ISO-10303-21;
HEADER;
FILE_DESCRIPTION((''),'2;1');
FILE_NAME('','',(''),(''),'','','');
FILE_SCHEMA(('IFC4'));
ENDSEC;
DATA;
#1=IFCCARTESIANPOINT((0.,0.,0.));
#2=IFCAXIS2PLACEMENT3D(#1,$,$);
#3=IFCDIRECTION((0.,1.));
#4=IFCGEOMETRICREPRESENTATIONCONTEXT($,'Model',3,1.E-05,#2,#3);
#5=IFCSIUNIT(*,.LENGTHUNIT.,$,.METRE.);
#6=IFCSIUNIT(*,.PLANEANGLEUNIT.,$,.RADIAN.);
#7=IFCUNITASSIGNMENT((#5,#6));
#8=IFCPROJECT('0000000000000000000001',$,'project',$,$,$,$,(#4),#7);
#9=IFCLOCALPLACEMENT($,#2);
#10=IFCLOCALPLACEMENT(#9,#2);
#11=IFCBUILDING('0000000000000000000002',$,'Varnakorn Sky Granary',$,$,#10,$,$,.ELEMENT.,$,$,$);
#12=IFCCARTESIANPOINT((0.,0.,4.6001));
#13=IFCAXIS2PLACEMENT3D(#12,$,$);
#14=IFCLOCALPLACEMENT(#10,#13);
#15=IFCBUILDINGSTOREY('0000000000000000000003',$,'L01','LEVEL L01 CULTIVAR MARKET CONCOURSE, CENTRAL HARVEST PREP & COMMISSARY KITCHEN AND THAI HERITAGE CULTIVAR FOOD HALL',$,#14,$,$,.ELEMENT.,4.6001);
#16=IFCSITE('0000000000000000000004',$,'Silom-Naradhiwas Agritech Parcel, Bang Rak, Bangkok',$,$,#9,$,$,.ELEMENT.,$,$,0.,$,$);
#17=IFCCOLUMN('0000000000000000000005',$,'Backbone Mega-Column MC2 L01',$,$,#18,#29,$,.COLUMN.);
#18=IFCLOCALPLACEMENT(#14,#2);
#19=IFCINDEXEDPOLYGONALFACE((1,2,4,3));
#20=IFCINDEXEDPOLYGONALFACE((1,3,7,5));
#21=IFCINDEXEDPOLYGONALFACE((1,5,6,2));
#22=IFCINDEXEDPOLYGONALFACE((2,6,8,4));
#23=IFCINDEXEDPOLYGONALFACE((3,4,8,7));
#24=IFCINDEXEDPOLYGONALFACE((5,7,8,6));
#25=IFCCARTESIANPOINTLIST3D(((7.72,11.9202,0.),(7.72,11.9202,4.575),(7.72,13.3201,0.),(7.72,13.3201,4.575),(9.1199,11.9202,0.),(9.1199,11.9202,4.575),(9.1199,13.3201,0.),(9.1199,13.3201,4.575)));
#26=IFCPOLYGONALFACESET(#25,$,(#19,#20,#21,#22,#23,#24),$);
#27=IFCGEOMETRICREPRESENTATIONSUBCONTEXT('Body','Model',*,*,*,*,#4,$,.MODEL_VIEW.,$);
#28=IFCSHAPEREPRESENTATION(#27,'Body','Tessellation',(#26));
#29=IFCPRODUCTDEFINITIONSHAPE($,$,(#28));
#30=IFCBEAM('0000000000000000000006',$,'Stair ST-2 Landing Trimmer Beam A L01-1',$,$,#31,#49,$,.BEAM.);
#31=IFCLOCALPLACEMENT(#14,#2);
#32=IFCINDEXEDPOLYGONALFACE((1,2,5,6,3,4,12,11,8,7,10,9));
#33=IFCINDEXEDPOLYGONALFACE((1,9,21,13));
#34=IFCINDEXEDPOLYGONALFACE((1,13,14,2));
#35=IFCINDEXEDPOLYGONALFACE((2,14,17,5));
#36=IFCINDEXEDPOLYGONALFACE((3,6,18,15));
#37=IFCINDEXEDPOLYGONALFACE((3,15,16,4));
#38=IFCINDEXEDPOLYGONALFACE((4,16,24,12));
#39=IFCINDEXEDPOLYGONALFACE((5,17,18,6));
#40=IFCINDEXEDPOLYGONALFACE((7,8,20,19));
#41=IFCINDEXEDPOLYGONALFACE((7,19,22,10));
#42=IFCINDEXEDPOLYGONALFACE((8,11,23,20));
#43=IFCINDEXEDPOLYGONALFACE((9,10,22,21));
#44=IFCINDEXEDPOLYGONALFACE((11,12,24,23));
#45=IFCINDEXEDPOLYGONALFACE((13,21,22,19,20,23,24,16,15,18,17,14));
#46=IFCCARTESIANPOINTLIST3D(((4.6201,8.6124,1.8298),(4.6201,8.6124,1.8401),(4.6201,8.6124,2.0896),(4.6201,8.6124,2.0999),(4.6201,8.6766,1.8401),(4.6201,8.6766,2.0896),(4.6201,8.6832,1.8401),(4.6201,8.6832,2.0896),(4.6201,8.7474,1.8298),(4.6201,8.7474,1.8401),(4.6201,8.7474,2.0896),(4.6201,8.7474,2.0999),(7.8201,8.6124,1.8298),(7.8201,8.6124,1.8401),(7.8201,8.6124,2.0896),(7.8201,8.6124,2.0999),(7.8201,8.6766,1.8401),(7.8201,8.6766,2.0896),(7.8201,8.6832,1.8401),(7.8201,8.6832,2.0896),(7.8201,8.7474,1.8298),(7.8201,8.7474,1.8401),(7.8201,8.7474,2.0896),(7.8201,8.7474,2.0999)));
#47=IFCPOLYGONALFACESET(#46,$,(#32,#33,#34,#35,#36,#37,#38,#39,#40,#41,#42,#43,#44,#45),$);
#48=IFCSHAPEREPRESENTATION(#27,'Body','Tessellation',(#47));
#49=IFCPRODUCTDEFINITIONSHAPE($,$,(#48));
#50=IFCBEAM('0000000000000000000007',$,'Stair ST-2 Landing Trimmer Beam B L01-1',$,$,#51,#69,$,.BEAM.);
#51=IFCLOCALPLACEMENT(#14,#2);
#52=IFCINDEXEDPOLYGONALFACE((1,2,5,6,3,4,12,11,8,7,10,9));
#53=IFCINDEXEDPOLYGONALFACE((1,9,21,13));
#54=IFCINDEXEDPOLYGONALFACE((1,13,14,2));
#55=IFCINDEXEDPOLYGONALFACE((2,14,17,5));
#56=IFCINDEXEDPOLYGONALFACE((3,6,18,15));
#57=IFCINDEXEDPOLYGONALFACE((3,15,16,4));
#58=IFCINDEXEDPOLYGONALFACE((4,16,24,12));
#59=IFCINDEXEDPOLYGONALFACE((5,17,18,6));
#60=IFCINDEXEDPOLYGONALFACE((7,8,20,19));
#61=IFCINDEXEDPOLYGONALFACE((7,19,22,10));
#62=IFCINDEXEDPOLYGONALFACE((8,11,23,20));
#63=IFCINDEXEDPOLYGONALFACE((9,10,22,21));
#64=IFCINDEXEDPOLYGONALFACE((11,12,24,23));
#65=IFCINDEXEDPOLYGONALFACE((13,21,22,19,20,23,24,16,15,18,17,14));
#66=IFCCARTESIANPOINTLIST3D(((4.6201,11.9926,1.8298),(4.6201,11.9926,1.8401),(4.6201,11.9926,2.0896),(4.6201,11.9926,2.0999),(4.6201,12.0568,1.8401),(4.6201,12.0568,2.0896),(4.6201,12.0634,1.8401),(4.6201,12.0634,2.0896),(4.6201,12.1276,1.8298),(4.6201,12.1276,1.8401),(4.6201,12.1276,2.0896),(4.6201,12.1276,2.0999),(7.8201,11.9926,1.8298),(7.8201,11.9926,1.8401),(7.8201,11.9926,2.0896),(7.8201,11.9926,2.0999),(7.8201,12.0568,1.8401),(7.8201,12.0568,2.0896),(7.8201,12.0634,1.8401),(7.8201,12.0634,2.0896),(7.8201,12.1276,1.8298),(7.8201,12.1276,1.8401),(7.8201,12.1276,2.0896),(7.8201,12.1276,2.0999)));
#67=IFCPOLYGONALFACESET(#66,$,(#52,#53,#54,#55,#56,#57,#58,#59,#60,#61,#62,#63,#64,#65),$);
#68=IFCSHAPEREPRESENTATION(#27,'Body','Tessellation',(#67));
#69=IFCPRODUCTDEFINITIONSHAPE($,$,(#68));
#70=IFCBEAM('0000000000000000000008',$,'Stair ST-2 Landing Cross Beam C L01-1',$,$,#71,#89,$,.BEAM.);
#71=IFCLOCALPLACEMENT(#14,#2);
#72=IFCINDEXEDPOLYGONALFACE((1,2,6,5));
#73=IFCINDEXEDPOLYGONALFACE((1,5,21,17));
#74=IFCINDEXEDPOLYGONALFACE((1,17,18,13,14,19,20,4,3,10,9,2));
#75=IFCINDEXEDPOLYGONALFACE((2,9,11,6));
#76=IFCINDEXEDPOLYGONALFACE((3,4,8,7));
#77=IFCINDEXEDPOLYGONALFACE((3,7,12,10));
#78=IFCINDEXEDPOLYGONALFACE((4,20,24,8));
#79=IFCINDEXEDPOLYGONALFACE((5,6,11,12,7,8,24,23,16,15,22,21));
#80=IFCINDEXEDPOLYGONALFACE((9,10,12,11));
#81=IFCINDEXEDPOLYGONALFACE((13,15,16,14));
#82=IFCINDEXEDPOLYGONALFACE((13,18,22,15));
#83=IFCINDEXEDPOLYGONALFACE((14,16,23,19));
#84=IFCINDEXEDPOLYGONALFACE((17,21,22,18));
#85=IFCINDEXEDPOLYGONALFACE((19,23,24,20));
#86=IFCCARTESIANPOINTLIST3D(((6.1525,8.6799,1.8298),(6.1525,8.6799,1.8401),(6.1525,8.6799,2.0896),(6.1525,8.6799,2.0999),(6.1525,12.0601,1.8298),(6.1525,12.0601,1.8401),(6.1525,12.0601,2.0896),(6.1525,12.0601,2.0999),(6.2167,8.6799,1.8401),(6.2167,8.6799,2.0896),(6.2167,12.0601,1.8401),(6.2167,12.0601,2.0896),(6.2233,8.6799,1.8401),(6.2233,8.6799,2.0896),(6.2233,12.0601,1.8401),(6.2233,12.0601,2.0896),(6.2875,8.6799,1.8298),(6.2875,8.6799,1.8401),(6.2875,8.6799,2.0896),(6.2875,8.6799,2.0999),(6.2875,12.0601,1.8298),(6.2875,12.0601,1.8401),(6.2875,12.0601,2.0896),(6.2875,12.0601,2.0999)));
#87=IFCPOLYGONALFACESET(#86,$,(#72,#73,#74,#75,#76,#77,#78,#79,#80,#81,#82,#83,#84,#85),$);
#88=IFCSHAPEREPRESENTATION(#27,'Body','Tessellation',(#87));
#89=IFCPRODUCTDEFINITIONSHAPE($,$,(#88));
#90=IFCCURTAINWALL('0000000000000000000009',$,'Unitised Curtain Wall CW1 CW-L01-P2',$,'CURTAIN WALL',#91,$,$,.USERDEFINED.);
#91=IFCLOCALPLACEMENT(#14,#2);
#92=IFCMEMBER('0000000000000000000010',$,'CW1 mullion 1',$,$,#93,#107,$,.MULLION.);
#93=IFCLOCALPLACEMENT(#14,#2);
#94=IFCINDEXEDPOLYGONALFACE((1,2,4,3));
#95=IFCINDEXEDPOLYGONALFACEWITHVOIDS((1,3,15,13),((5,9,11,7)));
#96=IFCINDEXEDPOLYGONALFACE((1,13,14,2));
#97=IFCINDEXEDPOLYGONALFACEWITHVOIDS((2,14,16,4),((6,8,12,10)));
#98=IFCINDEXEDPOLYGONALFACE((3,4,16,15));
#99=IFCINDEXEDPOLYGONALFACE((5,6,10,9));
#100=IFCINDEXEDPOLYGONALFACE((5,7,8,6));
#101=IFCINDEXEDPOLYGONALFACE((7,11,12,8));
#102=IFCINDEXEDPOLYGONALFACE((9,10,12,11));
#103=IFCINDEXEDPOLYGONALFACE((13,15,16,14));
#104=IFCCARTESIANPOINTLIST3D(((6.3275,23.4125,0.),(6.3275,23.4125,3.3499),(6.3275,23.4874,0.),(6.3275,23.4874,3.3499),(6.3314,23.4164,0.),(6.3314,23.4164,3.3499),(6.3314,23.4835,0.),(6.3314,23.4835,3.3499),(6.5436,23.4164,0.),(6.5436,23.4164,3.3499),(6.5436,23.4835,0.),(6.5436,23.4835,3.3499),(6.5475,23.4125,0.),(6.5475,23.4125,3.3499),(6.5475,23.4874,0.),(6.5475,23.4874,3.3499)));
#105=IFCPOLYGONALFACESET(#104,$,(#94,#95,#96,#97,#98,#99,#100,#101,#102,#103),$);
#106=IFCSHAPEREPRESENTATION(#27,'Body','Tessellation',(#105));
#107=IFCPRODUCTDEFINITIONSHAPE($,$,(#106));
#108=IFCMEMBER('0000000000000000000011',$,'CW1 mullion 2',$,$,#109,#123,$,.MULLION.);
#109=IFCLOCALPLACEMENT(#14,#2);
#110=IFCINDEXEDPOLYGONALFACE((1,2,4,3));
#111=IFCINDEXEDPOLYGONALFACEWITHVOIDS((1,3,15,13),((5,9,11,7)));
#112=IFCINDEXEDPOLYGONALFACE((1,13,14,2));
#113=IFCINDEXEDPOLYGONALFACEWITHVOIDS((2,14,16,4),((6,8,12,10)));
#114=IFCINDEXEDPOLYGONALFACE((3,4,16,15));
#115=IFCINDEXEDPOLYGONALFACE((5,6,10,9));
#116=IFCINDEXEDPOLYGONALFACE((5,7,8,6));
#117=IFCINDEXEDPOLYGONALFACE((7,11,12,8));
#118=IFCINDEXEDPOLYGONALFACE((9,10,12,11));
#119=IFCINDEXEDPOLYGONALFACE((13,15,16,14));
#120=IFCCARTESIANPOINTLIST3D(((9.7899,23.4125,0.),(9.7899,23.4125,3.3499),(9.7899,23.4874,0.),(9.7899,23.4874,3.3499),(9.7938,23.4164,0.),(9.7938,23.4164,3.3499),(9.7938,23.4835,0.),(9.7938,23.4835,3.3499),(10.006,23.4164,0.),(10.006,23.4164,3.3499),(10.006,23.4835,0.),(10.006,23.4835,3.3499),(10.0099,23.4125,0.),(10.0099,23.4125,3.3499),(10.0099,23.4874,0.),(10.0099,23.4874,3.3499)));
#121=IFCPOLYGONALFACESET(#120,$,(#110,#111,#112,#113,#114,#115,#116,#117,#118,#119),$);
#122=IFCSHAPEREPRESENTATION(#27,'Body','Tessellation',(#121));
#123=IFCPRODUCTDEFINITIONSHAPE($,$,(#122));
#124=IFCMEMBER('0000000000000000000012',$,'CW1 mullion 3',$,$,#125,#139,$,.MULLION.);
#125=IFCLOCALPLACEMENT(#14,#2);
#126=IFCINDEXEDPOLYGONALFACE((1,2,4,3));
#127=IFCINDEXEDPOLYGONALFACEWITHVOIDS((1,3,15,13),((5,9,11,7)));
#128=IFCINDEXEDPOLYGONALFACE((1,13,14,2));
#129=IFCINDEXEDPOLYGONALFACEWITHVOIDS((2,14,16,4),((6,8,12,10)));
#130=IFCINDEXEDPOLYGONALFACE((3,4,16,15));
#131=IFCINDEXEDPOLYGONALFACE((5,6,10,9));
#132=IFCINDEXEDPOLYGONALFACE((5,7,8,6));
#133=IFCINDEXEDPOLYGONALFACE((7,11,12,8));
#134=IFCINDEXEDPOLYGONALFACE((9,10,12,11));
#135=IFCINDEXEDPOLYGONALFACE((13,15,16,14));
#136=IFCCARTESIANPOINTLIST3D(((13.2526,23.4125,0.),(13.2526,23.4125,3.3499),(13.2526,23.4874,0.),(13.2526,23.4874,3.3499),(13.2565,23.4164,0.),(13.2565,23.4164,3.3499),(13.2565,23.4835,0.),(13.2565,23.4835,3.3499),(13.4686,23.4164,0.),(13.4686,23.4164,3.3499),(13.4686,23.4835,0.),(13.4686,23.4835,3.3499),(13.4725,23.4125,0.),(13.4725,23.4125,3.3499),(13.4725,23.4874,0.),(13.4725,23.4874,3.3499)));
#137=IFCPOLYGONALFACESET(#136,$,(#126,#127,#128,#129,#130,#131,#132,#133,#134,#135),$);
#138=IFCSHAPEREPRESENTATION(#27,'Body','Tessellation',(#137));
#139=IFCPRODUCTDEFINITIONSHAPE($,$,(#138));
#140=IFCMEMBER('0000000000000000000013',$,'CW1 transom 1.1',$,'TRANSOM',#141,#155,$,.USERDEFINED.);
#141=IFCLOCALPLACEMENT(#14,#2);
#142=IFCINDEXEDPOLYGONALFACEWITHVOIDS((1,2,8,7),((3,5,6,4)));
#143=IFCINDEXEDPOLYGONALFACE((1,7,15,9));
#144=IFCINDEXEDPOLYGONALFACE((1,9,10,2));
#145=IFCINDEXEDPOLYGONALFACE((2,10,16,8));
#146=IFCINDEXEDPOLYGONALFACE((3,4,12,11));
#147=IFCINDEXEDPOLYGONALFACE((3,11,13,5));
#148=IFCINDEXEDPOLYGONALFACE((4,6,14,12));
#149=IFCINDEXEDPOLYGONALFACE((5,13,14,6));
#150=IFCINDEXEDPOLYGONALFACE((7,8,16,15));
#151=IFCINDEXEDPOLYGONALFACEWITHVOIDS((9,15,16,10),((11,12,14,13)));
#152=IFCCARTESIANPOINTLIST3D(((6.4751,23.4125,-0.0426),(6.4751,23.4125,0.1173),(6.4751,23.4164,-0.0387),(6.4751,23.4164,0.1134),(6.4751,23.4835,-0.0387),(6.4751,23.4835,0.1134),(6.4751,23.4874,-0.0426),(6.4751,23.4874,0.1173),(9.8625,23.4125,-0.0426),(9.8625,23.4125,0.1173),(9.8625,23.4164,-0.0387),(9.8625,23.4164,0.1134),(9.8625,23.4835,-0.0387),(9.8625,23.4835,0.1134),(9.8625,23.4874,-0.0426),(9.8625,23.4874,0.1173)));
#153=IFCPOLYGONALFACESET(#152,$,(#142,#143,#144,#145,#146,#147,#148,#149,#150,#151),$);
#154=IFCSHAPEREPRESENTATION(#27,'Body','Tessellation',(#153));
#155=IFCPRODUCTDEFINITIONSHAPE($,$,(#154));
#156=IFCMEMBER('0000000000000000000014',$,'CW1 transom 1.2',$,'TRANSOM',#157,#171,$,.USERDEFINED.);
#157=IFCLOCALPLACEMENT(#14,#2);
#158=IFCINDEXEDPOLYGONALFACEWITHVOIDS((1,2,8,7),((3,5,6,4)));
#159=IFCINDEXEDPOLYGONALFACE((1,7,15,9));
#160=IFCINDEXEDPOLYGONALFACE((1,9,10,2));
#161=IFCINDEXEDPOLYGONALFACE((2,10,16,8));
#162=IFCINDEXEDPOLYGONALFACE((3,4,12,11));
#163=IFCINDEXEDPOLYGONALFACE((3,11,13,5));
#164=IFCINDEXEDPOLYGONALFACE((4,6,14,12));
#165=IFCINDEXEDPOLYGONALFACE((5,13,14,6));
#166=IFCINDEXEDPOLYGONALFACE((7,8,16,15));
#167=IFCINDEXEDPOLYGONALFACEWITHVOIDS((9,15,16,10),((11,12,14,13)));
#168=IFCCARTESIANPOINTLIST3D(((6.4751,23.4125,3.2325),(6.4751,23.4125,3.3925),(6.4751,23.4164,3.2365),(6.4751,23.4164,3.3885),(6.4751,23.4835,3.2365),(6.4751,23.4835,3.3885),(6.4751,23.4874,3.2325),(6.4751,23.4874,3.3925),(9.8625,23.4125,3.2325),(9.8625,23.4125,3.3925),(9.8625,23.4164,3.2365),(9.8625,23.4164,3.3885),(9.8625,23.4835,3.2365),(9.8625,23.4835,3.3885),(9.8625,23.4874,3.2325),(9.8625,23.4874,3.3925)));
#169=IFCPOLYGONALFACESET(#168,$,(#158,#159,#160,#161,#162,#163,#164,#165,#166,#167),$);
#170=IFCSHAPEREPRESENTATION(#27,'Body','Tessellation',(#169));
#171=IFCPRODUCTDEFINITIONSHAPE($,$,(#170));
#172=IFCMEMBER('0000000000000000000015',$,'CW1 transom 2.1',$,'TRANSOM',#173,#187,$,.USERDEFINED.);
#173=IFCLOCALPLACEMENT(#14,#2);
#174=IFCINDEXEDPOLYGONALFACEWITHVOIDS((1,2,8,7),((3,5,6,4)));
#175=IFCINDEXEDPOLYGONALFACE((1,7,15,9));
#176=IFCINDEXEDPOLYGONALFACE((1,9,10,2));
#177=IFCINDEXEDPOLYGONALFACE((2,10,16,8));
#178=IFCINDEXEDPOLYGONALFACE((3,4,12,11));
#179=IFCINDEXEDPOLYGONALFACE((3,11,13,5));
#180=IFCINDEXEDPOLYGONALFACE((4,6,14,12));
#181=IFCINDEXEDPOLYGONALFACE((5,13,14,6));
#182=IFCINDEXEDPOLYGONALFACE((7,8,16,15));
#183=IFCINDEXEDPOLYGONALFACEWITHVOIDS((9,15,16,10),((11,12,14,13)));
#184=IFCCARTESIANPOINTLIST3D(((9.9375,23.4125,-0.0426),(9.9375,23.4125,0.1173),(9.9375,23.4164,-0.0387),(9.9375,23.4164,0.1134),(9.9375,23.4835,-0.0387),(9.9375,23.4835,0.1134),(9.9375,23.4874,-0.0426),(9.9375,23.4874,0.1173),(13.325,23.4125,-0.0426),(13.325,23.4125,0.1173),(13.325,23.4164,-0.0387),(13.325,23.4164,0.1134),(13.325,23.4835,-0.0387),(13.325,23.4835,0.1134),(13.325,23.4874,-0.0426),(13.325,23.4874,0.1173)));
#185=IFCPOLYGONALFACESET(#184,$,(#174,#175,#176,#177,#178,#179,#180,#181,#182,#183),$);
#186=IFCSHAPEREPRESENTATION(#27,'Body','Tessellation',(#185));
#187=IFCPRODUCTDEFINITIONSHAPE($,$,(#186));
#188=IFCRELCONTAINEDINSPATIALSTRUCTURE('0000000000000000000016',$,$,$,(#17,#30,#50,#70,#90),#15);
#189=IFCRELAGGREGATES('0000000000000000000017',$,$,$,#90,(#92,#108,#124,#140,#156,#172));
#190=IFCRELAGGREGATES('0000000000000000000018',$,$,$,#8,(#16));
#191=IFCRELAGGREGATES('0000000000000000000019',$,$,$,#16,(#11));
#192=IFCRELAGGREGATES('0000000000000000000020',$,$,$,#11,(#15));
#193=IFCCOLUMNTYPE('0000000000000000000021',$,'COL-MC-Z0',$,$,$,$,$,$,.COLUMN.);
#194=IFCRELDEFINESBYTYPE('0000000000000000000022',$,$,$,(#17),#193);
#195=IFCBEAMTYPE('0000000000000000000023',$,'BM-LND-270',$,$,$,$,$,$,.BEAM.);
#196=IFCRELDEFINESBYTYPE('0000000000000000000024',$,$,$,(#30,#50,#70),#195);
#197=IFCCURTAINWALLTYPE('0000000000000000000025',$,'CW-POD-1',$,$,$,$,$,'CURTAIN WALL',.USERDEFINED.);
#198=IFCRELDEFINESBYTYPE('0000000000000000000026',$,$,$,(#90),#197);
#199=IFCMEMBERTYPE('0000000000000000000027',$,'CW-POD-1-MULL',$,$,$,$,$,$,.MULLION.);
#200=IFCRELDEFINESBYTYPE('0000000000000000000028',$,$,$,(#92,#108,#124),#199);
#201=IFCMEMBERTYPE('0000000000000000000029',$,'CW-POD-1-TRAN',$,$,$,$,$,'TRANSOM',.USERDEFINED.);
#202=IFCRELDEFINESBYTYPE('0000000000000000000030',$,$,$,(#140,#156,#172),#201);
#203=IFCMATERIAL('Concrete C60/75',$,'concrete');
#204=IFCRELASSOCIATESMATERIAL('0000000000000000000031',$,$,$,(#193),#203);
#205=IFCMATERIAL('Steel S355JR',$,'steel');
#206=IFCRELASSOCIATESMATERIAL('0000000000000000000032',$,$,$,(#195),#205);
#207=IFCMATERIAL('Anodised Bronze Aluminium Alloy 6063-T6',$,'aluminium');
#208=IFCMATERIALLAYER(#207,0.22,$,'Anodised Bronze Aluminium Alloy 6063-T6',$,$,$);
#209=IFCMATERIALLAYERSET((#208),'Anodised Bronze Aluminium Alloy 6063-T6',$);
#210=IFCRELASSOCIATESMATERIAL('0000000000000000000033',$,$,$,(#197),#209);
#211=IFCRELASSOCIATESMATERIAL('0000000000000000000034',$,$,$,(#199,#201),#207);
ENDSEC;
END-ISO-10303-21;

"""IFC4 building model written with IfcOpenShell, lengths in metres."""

from ifc_helpers import new_model, si_unit, direction, frame, origin, origin_2d, place, context, subcontext, project, spatial, rectangle, hollow_rectangle, i_section, extrude, material, layer, layer_set, material_profile, profile_set, type_object, element, aggregate, save


model = new_model("IFC4")

# Units and contexts
model_context = context("Model", 3, precision=1e-05, world=origin(), true_north=direction((0.0, 1.0)))
body_context = subcontext(model_context, "Body", "Model", "MODEL_VIEW")
ifc_project = project(units=[si_unit("LENGTHUNIT", "METRE"), si_unit("PLANEANGLEUNIT", "RADIAN")], contexts=[model_context])

# Site, building, storey
site_placement = place(None, origin())
site = spatial("IfcSite", under=ifc_project, at=site_placement, Name="Silom-Naradhiwas Agritech Parcel, Bang Rak, Bangkok", CompositionType="ELEMENT", RefElevation=0.0)
building_placement = place(site_placement, origin())
building = spatial("IfcBuilding", under=site, at=building_placement, Name="Varnakorn Sky Granary", CompositionType="ELEMENT")
storey_placement = place(building_placement, frame((0.0, 0.0, 4.6001)))
storey = spatial("IfcBuildingStorey", under=building, at=storey_placement, Name="L01", Description="LEVEL L01 CULTIVAR MARKET CONCOURSE, CENTRAL HARVEST PREP & COMMISSARY KITCHEN AND THAI HERITAGE CULTIVAR FOOD HALL", CompositionType="ELEMENT", Elevation=4.6001)

# Column
ifc_material_1 = material(Name="Concrete C60/75", Category="concrete")
ifc_material_profile_1 = material_profile(ifc_material_1, rectangle(XDim=1.3999, YDim=1.3999, at=origin_2d()), Name="RC 1400x1400")
ifc_profile_set_1 = profile_set([ifc_material_profile_1], Name="Concrete C60/75")
column_type = type_object("IfcColumnType", Name="COL-MC-Z0", PredefinedType="COLUMN", material=ifc_profile_set_1)
column_placement = place(storey_placement, frame((8.4199, 12.6201, 0.0), z_axis=(0.0, 0.0, 1.0), x_axis=(1.0, 0.0, 0.0)))
element("IfcColumn", 1, at=column_placement, inside=storey, type_object=column_type, Name="Backbone Mega-Column MC2 L01", PredefinedType="COLUMN", context=body_context, shape_type="SweptSolid", body=[
    extrude(rectangle(XDim=1.3999, YDim=1.3999, at=origin_2d()), origin(), (0.0, 0.0, 1.0), 4.575),
])

# Beams
ifc_material_2 = material(Name="Steel S355JR", Category="steel")
ifc_material_profile_2 = material_profile(ifc_material_2, i_section(OverallWidth=0.135, OverallDepth=0.27, WebThickness=0.0066, FlangeThickness=0.0103, at=origin_2d()), Name="IPE 270")
ifc_profile_set_2 = profile_set([ifc_material_profile_2], Name="Steel S355JR")
beam_type = type_object("IfcBeamType", Name="BM-LND-270", PredefinedType="BEAM", material=ifc_profile_set_2)
for number, where, z_axis, x_axis, name in (
    (2, (4.6201, 8.6799, 1.9648), (1.0, 0.0, 0.0), (0.0, 1.0, 0.0), "Stair ST-2 Landing Trimmer Beam A L01-1"),
    (3, (4.6201, 12.0601, 1.9648), (1.0, 0.0, 0.0), (0.0, 1.0, 0.0), "Stair ST-2 Landing Trimmer Beam B L01-1"),
):
    element("IfcBeam", number, at=place(storey_placement, frame(where, z_axis=z_axis, x_axis=x_axis)), inside=storey, type_object=beam_type, Name=name, PredefinedType="BEAM", context=body_context, shape_type="SweptSolid", body=[
        extrude(i_section(OverallWidth=0.135, OverallDepth=0.27, WebThickness=0.0066, FlangeThickness=0.0103, at=origin_2d()), origin(), (0.0, 0.0, 1.0), 3.2),
    ])
beam_placement = place(storey_placement, frame((6.22, 8.6799, 1.9648), z_axis=(0.0, 1.0, 0.0), x_axis=(-1.0, 0.0, 0.0)))
element("IfcBeam", 4, at=beam_placement, inside=storey, type_object=beam_type, Name="Stair ST-2 Landing Cross Beam C L01-1", PredefinedType="BEAM", context=body_context, shape_type="SweptSolid", body=[
    extrude(i_section(OverallWidth=0.135, OverallDepth=0.27, WebThickness=0.0066, FlangeThickness=0.0103, at=origin_2d()), origin(), (0.0, 0.0, 1.0), 3.3801),
])

# Curtain wall, members
ifc_material_3 = material(Name="Anodised Bronze Aluminium Alloy 6063-T6", Category="aluminium")
ifc_layer_1 = layer(ifc_material_3, 0.22, Name="Anodised Bronze Aluminium Alloy 6063-T6")
ifc_layer_set_1 = layer_set([ifc_layer_1], Name="Anodised Bronze Aluminium Alloy 6063-T6")
curtain_wall_type = type_object("IfcCurtainWallType", Name="CW-POD-1", ElementType="CURTAIN WALL", PredefinedType="USERDEFINED", material=ifc_layer_set_1)
curtain_wall_placement = place(storey_placement, origin())
curtain_wall = element("IfcCurtainWall", 5, at=curtain_wall_placement, inside=storey, type_object=curtain_wall_type, Name="Unitised Curtain Wall CW1 CW-L01-P2", ObjectType="CURTAIN WALL", PredefinedType="USERDEFINED")
ifc_material_profile_3 = material_profile(ifc_material_3, hollow_rectangle(XDim=0.075, YDim=0.22, WallThickness=0.0039, at=origin_2d()), Name="ALU MULL 75x220")
ifc_profile_set_3 = profile_set([ifc_material_profile_3], Name="Anodised Bronze Aluminium Alloy 6063-T6")
member_type_1 = type_object("IfcMemberType", Name="CW-POD-1-MULL", PredefinedType="MULLION", material=ifc_profile_set_3)
member_1_placement = place(storey_placement, frame((6.4375, 23.45, 0.0), z_axis=(0.0, 0.0, 1.0), x_axis=(0.0, 1.0, 0.0)))
member_1 = element("IfcMember", 6, at=member_1_placement, type_object=member_type_1, Name="CW1 mullion 1", PredefinedType="MULLION", context=body_context, shape_type="SweptSolid", body=[
    extrude(hollow_rectangle(XDim=0.075, YDim=0.22, WallThickness=0.0039, at=origin_2d()), origin(), (0.0, 0.0, 1.0), 3.3499),
])
member_2_placement = place(storey_placement, frame((9.8999, 23.45, 0.0), z_axis=(0.0, 0.0, 1.0), x_axis=(0.0, 1.0, 0.0)))
member_2 = element("IfcMember", 7, at=member_2_placement, type_object=member_type_1, Name="CW1 mullion 2", PredefinedType="MULLION", context=body_context, shape_type="SweptSolid", body=[
    extrude(hollow_rectangle(XDim=0.075, YDim=0.22, WallThickness=0.0039, at=origin_2d()), origin(), (0.0, 0.0, 1.0), 3.3499),
])
member_3_placement = place(storey_placement, frame((13.3625, 23.45, 0.0), z_axis=(0.0, 0.0, 1.0), x_axis=(0.0, 1.0, 0.0)))
member_3 = element("IfcMember", 8, at=member_3_placement, type_object=member_type_1, Name="CW1 mullion 3", PredefinedType="MULLION", context=body_context, shape_type="SweptSolid", body=[
    extrude(hollow_rectangle(XDim=0.075, YDim=0.22, WallThickness=0.0039, at=origin_2d()), origin(), (0.0, 0.0, 1.0), 3.3499),
])
ifc_material_profile_4 = material_profile(ifc_material_3, hollow_rectangle(XDim=0.075, YDim=0.1599, WallThickness=0.0039, at=origin_2d()), Name="ALU TRAN 75x160")
ifc_profile_set_4 = profile_set([ifc_material_profile_4], Name="Anodised Bronze Aluminium Alloy 6063-T6")
member_type_2 = type_object("IfcMemberType", Name="CW-POD-1-TRAN", ElementType="TRANSOM", PredefinedType="USERDEFINED", material=ifc_profile_set_4)
member_4_placement = place(storey_placement, frame((6.4751, 23.45, 0.0374), z_axis=(1.0, 0.0, 0.0), x_axis=(0.0, 1.0, 0.0)))
member_4 = element("IfcMember", 9, at=member_4_placement, type_object=member_type_2, Name="CW1 transom 1.1", ObjectType="TRANSOM", PredefinedType="USERDEFINED", context=body_context, shape_type="SweptSolid", body=[
    extrude(hollow_rectangle(XDim=0.075, YDim=0.1599, WallThickness=0.0039, at=origin_2d()), origin(), (0.0, 0.0, 1.0), 3.3875),
])
member_5_placement = place(storey_placement, frame((6.4751, 23.45, 3.3125), z_axis=(1.0, 0.0, 0.0), x_axis=(0.0, 1.0, 0.0)))
member_5 = element("IfcMember", 10, at=member_5_placement, type_object=member_type_2, Name="CW1 transom 1.2", ObjectType="TRANSOM", PredefinedType="USERDEFINED", context=body_context, shape_type="SweptSolid", body=[
    extrude(hollow_rectangle(XDim=0.075, YDim=0.1599, WallThickness=0.0039, at=origin_2d()), origin(), (0.0, 0.0, 1.0), 3.3875),
])
member_6_placement = place(storey_placement, frame((9.9375, 23.45, 0.0374), z_axis=(1.0, 0.0, 0.0), x_axis=(0.0, 1.0, 0.0)))
member_6 = element("IfcMember", 11, at=member_6_placement, type_object=member_type_2, Name="CW1 transom 2.1", ObjectType="TRANSOM", PredefinedType="USERDEFINED", context=body_context, shape_type="SweptSolid", body=[
    extrude(hollow_rectangle(XDim=0.075, YDim=0.1599, WallThickness=0.0039, at=origin_2d()), origin(), (0.0, 0.0, 1.0), 3.3875),
])
aggregate(curtain_wall, [member_1, member_2, member_3, member_4, member_5, member_6])

save(model, "model.ifc")
